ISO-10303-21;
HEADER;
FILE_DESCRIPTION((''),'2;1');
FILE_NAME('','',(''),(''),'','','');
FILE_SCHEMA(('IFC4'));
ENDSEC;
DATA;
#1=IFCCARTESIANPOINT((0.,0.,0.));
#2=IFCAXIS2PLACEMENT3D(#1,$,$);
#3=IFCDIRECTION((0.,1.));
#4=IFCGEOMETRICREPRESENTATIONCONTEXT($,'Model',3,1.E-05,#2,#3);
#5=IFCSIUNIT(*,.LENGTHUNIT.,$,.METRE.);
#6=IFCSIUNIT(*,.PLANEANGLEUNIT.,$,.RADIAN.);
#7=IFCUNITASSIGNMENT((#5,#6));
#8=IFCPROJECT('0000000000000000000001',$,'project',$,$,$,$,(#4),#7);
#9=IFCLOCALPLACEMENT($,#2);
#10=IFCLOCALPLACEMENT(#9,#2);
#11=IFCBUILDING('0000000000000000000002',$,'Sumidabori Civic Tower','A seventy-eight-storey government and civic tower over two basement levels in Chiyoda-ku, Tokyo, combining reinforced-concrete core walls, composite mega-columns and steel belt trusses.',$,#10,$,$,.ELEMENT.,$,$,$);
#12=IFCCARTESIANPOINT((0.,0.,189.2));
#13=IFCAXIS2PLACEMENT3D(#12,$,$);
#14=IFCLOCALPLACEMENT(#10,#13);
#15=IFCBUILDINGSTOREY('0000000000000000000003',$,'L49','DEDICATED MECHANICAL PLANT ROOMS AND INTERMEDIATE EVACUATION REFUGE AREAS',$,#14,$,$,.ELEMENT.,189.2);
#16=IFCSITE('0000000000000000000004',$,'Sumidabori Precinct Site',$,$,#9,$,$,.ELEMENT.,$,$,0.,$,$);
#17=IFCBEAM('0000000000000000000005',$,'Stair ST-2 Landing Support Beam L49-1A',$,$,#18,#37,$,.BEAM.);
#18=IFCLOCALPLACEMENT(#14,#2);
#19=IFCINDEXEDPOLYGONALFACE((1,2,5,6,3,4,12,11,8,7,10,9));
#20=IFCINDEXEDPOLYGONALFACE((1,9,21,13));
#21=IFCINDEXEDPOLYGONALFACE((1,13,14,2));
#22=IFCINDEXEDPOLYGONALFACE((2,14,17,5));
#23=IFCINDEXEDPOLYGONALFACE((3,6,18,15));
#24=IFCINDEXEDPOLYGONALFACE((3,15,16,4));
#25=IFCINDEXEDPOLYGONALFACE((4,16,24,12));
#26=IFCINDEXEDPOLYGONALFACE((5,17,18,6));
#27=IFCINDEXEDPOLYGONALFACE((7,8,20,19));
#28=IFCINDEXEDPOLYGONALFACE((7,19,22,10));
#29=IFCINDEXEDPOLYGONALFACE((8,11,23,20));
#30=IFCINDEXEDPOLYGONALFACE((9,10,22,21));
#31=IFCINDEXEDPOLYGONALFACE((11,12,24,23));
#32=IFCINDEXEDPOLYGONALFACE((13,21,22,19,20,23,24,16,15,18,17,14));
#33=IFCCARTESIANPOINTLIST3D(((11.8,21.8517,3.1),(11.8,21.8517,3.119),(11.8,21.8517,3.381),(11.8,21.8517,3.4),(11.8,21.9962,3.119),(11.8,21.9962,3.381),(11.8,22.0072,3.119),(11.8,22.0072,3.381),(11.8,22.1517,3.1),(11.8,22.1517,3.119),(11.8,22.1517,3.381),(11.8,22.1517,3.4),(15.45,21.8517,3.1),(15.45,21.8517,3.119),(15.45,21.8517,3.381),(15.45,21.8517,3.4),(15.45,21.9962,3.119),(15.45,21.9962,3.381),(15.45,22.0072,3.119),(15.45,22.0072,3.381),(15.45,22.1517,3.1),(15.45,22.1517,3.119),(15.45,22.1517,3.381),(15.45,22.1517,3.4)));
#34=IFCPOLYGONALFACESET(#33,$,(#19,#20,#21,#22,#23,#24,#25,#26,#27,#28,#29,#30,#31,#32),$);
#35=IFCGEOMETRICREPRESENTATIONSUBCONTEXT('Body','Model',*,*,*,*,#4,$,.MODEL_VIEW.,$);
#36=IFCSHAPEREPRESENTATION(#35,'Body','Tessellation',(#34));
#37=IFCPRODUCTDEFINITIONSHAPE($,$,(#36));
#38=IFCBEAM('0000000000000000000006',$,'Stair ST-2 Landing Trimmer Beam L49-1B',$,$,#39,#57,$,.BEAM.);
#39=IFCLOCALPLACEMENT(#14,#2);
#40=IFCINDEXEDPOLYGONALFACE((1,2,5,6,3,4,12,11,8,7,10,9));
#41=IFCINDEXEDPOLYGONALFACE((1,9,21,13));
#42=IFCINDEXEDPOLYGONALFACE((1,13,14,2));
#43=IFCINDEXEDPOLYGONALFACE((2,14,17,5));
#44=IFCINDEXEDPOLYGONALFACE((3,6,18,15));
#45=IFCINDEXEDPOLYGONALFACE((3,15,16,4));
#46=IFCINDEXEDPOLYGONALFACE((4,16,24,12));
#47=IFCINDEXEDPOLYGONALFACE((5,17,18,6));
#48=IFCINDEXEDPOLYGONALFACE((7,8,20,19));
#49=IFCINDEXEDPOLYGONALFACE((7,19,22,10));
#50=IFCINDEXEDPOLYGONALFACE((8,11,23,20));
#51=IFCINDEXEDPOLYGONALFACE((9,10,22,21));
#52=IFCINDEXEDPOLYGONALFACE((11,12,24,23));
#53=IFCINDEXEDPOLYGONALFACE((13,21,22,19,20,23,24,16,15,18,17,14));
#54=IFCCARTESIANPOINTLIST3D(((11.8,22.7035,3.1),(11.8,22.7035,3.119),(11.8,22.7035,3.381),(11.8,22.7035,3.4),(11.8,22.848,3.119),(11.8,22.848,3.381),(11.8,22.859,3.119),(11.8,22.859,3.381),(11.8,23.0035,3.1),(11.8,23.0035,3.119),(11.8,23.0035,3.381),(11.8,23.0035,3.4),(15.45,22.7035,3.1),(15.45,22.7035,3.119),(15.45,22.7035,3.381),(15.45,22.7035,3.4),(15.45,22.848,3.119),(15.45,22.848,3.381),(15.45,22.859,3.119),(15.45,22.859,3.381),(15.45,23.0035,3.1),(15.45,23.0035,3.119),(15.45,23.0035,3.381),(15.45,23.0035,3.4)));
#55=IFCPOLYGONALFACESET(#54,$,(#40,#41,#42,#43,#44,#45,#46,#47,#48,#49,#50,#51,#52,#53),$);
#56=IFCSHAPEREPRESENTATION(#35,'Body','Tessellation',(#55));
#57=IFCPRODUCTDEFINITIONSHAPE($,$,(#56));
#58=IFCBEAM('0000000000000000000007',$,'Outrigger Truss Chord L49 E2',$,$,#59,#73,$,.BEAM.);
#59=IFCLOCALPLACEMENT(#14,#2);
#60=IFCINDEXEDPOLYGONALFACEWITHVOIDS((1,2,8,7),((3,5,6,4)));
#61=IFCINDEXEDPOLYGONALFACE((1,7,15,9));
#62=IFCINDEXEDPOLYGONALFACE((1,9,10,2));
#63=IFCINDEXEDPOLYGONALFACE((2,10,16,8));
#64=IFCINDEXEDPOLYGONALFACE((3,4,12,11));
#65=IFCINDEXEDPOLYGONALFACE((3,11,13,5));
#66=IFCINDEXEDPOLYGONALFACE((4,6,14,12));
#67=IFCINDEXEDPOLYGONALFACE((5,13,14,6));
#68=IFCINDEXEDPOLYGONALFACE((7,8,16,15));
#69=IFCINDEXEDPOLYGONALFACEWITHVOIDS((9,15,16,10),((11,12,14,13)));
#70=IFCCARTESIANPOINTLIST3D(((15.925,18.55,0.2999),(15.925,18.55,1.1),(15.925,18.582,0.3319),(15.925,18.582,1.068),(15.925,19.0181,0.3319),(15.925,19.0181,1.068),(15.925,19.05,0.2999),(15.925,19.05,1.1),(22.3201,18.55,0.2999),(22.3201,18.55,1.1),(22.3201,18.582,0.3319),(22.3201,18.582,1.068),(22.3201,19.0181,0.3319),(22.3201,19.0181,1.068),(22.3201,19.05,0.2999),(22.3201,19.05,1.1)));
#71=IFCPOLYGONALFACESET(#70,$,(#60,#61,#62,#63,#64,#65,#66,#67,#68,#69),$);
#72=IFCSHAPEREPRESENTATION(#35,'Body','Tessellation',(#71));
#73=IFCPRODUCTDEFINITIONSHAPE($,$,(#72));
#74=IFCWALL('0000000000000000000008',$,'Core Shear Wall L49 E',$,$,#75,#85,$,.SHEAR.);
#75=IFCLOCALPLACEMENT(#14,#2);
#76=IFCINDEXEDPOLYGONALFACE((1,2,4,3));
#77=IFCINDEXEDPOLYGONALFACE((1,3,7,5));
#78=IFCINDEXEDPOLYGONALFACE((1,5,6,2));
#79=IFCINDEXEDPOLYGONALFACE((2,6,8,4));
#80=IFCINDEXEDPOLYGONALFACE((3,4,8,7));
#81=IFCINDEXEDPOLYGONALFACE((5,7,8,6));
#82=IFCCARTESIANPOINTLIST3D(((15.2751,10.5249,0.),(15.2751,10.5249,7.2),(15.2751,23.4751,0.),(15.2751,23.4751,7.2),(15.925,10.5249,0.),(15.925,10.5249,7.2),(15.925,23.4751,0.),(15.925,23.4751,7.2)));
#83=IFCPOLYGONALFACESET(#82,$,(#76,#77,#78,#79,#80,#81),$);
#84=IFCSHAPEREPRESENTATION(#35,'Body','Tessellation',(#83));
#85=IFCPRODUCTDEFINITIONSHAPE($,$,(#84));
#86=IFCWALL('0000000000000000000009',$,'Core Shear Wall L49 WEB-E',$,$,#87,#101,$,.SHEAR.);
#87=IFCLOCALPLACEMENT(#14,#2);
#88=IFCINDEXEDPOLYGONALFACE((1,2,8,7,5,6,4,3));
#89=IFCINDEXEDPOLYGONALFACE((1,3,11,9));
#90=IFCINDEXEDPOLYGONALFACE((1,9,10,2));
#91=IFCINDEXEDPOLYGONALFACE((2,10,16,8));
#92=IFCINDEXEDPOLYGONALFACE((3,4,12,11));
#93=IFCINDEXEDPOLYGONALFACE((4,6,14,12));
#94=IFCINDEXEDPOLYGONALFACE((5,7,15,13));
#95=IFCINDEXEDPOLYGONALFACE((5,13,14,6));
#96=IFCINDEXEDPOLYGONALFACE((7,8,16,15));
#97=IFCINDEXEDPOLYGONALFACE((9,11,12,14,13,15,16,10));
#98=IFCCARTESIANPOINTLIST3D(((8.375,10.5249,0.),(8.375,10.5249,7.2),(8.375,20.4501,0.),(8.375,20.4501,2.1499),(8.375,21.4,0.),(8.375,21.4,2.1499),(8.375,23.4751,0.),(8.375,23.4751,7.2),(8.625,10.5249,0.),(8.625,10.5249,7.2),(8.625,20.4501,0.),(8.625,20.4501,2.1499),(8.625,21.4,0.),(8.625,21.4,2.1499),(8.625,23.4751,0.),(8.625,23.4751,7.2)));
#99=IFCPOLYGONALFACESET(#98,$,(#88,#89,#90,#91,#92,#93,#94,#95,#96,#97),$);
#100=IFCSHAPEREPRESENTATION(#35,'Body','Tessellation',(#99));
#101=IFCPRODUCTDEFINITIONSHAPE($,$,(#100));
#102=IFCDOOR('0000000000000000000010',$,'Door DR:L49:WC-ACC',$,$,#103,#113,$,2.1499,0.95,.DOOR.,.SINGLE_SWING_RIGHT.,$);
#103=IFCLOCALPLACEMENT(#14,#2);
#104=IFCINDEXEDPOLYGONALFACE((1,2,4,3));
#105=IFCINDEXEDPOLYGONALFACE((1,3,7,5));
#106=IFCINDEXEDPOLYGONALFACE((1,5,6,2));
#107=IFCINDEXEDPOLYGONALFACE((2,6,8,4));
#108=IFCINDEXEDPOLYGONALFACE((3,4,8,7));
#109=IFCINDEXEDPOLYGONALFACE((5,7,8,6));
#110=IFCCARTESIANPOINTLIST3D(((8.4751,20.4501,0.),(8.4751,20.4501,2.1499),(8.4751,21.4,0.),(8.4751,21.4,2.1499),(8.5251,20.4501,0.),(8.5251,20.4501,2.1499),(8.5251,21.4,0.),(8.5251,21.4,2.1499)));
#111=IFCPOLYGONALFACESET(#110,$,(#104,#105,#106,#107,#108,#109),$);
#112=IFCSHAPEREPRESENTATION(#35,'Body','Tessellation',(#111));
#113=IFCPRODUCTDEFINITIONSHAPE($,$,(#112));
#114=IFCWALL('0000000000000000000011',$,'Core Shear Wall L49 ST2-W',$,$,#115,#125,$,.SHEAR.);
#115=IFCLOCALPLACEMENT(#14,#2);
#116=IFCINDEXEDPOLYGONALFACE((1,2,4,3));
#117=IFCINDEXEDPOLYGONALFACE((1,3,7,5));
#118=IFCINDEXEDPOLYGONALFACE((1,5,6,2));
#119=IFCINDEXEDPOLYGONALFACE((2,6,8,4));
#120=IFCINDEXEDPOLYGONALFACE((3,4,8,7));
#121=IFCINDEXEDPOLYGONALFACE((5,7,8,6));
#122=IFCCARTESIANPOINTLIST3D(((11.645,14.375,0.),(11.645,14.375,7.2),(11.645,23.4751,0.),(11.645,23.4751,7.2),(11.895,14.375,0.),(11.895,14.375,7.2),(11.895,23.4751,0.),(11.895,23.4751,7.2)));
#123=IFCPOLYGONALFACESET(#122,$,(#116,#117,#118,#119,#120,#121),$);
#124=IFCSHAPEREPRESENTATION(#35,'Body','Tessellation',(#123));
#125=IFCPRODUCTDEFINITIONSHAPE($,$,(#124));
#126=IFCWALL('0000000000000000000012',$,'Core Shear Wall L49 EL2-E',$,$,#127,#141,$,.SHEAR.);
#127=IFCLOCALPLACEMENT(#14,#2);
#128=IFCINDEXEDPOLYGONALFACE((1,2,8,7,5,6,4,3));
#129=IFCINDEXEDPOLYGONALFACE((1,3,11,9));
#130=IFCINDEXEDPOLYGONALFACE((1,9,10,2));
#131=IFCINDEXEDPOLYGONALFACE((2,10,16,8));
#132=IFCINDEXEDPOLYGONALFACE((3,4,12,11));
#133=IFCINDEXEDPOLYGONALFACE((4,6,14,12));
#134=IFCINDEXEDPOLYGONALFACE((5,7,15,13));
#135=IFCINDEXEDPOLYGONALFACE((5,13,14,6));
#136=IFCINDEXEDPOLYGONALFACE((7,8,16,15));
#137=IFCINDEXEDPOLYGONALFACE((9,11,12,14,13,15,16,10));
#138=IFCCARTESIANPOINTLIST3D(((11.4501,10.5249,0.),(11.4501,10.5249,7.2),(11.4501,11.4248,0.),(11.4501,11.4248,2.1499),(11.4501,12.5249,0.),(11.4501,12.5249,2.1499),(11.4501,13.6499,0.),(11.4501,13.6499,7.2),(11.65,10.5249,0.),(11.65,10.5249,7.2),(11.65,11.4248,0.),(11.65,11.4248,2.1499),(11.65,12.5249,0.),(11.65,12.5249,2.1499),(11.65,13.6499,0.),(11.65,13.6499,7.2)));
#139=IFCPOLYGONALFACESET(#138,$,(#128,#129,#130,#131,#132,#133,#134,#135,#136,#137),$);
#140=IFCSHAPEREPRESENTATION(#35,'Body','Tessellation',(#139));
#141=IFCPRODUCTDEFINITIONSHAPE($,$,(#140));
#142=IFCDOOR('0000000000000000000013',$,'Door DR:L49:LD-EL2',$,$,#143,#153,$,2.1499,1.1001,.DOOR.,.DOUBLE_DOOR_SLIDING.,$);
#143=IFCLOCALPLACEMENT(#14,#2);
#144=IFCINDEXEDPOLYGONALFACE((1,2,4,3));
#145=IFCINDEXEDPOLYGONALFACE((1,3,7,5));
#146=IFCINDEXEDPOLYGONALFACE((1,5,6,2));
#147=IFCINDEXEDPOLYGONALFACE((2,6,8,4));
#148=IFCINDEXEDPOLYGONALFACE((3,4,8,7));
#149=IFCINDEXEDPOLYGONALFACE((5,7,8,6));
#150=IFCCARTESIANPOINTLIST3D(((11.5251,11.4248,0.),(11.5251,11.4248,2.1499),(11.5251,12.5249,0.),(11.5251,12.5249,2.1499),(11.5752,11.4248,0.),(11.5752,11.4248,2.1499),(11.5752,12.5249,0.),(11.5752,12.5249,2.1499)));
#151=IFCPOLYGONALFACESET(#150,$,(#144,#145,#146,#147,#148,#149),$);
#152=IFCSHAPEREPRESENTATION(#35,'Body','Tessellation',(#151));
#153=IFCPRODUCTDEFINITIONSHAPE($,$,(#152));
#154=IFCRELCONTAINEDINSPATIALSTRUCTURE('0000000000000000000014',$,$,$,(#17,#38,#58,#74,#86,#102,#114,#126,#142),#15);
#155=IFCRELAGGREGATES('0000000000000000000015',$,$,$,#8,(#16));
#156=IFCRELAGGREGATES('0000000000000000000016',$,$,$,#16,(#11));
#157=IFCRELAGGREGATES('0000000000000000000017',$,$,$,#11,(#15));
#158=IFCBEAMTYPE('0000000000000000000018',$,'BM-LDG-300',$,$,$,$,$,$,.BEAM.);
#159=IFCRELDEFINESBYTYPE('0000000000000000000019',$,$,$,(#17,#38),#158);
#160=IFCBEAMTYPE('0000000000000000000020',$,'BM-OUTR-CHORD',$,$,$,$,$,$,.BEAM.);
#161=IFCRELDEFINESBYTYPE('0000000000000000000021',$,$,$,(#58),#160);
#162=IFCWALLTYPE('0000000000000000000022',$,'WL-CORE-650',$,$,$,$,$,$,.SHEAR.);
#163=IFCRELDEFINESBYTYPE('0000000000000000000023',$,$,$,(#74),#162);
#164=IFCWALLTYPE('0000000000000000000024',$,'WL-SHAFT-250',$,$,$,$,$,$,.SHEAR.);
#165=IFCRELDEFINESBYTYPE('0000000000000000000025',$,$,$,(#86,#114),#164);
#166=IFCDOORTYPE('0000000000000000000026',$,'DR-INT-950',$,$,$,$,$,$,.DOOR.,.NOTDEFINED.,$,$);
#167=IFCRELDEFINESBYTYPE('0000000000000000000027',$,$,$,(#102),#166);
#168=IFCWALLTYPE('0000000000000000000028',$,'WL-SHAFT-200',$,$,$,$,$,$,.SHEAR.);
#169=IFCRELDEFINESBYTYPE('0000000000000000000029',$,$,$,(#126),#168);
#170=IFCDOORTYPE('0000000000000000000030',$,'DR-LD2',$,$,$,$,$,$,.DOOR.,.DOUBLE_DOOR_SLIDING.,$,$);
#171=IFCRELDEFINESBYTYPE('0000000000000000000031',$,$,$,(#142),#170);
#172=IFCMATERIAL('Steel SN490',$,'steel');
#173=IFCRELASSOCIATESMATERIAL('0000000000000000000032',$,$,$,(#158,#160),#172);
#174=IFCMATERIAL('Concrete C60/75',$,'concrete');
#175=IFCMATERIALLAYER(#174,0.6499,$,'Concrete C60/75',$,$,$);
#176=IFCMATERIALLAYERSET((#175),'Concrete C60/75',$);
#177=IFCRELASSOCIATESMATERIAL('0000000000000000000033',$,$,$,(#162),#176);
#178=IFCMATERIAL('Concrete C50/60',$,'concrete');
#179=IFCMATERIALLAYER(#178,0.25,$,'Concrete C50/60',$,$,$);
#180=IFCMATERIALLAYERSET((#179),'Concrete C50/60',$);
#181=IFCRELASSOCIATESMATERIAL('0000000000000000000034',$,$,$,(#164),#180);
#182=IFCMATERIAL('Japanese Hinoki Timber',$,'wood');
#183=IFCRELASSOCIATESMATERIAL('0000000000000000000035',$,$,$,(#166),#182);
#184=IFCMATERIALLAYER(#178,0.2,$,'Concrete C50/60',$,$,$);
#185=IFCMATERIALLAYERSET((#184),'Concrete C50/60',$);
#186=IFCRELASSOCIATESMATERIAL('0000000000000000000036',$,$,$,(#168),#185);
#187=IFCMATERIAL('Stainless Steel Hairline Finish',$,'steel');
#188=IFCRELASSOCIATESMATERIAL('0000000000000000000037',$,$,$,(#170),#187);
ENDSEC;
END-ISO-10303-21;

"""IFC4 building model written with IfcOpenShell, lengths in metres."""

from ifc_helpers import new_model, si_unit, direction, frame, frame_2d, origin, origin_2d, place, context, subcontext, project, spatial, rectangle, hollow_rectangle, i_section, extrude, source, transform, mapped, material, layer, layer_set, material_profile, profile_set, type_object, element, fill, save


model = new_model("IFC4")

# Units and contexts
model_context = context("Model", 3, precision=1e-05, world=origin(), true_north=direction((0.0, 1.0)))
body_context = subcontext(model_context, "Body", "Model", "MODEL_VIEW")
ifc_project = project(units=[si_unit("LENGTHUNIT", "METRE"), si_unit("PLANEANGLEUNIT", "RADIAN")], contexts=[model_context])

# Site, building, storey
site_placement = place(None, origin())
site = spatial("IfcSite", under=ifc_project, at=site_placement, Name="Sumidabori Precinct Site", CompositionType="ELEMENT", RefElevation=0.0)
building_placement = place(site_placement, origin())
building = spatial("IfcBuilding", under=site, at=building_placement, Name="Sumidabori Civic Tower", Description="A seventy-eight-storey government and civic tower over two basement levels in Chiyoda-ku, Tokyo, combining reinforced-concrete core walls, composite mega-columns and steel belt trusses.", CompositionType="ELEMENT")
storey_placement = place(building_placement, frame((0.0, 0.0, 189.2)))
storey = spatial("IfcBuildingStorey", under=building, at=storey_placement, Name="L49", Description="DEDICATED MECHANICAL PLANT ROOMS AND INTERMEDIATE EVACUATION REFUGE AREAS", CompositionType="ELEMENT", Elevation=189.2)

# Beams
ifc_material_1 = material(Name="Steel SN490", Category="steel")
ifc_material_profile_1 = material_profile(ifc_material_1, i_section(OverallWidth=0.3, OverallDepth=0.3, WebThickness=0.011, FlangeThickness=0.019, at=origin_2d()), Name="HE 300 B")
ifc_profile_set_1 = profile_set([ifc_material_profile_1], Name="Steel SN490")
beam_type_1 = type_object("IfcBeamType", Name="BM-LDG-300", PredefinedType="BEAM", material=ifc_profile_set_1)
shared_shape_1 = source(origin(), body_context, "Body", "SweptSolid", [
    extrude(i_section(OverallWidth=0.3, OverallDepth=0.3, WebThickness=0.011, FlangeThickness=0.019, at=origin_2d()), origin(), (0.0, 0.0, 1.0), 3.6499),
])
for number, where, z_axis, x_axis, name in (
    (1, (11.8, 22.0017, 3.25), (1.0, 0.0, 0.0), (0.0, 1.0, 0.0), "Stair ST-2 Landing Support Beam L49-1A"),
    (2, (11.8, 22.8535, 3.25), (1.0, 0.0, 0.0), (0.0, 1.0, 0.0), "Stair ST-2 Landing Trimmer Beam L49-1B"),
):
    element("IfcBeam", number, at=place(storey_placement, frame(where, z_axis=z_axis, x_axis=x_axis)), inside=storey, type_object=beam_type_1, Name=name, PredefinedType="BEAM", context=body_context, shape_type="MappedRepresentation", body=[
        mapped(shared_shape_1, transform((0.0, 0.0, 0.0), x_axis=(1.0, 0.0, 0.0), y_axis=(0.0, 1.0, 0.0), z_axis=(0.0, 0.0, 1.0), scale=1.0)),
    ])
ifc_material_profile_2 = material_profile(ifc_material_1, hollow_rectangle(XDim=0.5, YDim=0.8, WallThickness=0.032, at=origin_2d()), Name="RHS 800x500x32")
ifc_profile_set_2 = profile_set([ifc_material_profile_2], Name="Steel SN490")
beam_type_2 = type_object("IfcBeamType", Name="BM-OUTR-CHORD", PredefinedType="BEAM", material=ifc_profile_set_2)
shared_shape_2 = source(origin(), body_context, "Body", "SweptSolid", [
    extrude(hollow_rectangle(XDim=0.5, YDim=0.8, WallThickness=0.032, at=origin_2d()), origin(), (0.0, 0.0, 1.0), 6.395),
])
beam_placement = place(storey_placement, frame((15.925, 18.8, 0.7), z_axis=(1.0, 0.0, 0.0), x_axis=(0.0, 1.0, 0.0)))
element("IfcBeam", 3, at=beam_placement, inside=storey, type_object=beam_type_2, Name="Outrigger Truss Chord L49 E2", PredefinedType="BEAM", context=body_context, shape_type="MappedRepresentation", body=[
    mapped(shared_shape_2, transform((0.0, 0.0, 0.0), x_axis=(1.0, 0.0, 0.0), y_axis=(0.0, 1.0, 0.0), z_axis=(0.0, 0.0, 1.0), scale=1.0)),
])

# Wall
ifc_material_2 = material(Name="Concrete C60/75", Category="concrete")
ifc_layer_1 = layer(ifc_material_2, 0.6499, Name="Concrete C60/75")
ifc_layer_set_1 = layer_set([ifc_layer_1], Name="Concrete C60/75")
wall_type_1 = type_object("IfcWallType", Name="WL-CORE-650", PredefinedType="SHEAR", material=ifc_layer_set_1)
shared_shape_3 = source(origin(), body_context, "Body", "SweptSolid", [
    extrude(rectangle(XDim=12.9502, YDim=0.6499, at=frame_2d((6.4751, 0.0))), origin(), (0.0, 0.0, 1.0), 7.2),
])
wall_1_placement = place(storey_placement, frame((15.6001, 10.5249, 0.0), z_axis=(0.0, 0.0, 1.0), x_axis=(0.0, 1.0, 0.0)))
element("IfcWall", 4, at=wall_1_placement, inside=storey, type_object=wall_type_1, Name="Core Shear Wall L49 E", PredefinedType="SHEAR", context=body_context, shape_type="MappedRepresentation", body=[
    mapped(shared_shape_3, transform((0.0, 0.0, 0.0), x_axis=(1.0, 0.0, 0.0), y_axis=(0.0, 1.0, 0.0), z_axis=(0.0, 0.0, 1.0), scale=1.0)),
])

# Wall, opening, door
ifc_material_3 = material(Name="Concrete C50/60", Category="concrete")
ifc_layer_2 = layer(ifc_material_3, 0.25, Name="Concrete C50/60")
ifc_layer_set_2 = layer_set([ifc_layer_2], Name="Concrete C50/60")
wall_type_2 = type_object("IfcWallType", Name="WL-SHAFT-250", PredefinedType="SHEAR", material=ifc_layer_set_2)
shared_shape_4 = source(origin(), body_context, "Body", "SweptSolid", [
    extrude(rectangle(XDim=12.9502, YDim=0.25, at=frame_2d((6.4751, 0.0))), origin(), (0.0, 0.0, 1.0), 7.2),
])
wall_2_placement = place(storey_placement, frame((8.5, 10.5249, 0.0), z_axis=(0.0, 0.0, 1.0), x_axis=(0.0, 1.0, 0.0)))
wall_2 = element("IfcWall", 5, at=wall_2_placement, inside=storey, type_object=wall_type_2, Name="Core Shear Wall L49 WEB-E", PredefinedType="SHEAR", context=body_context, shape_type="MappedRepresentation", body=[
    mapped(shared_shape_4, transform((0.0, 0.0, 0.0), x_axis=(1.0, 0.0, 0.0), y_axis=(0.0, 1.0, 0.0), z_axis=(0.0, 0.0, 1.0), scale=1.0)),
])
opening_1_placement = place(wall_2_placement, frame((9.925, 0.0, 0.0)))
opening_1 = element("IfcOpeningElement", 6, at=opening_1_placement, cuts=wall_2, PredefinedType="OPENING", context=body_context, shape_type="SweptSolid", body=[
    extrude(rectangle(XDim=0.95, YDim=2.1499, at=frame_2d((0.4751, 1.075))), frame((0.0, 0.137, 0.0), z_axis=(0.0, -1.0, 0.0), x_axis=(1.0, 0.0, 0.0)), (0.0, 0.0, 1.0), 0.2739),
])
ifc_material_4 = material(Name="Japanese Hinoki Timber", Category="wood")
door_type_1 = type_object("IfcDoorType", Name="DR-INT-950", OperationType="NOTDEFINED", PredefinedType="DOOR", material=ifc_material_4)
shared_shape_5 = source(origin(), body_context, "Body", "SweptSolid", [
    extrude(rectangle(XDim=0.95, YDim=2.1499, at=frame_2d((0.4751, 1.075))), frame((0.0, 0.0249, 0.0), z_axis=(0.0, -1.0, 0.0), x_axis=(1.0, 0.0, 0.0)), (0.0, 0.0, 1.0), 0.05),
])
door_1_placement = place(opening_1_placement, origin())
door_1 = element("IfcDoor", 7, at=door_1_placement, inside=storey, type_object=door_type_1, Name="Door DR:L49:WC-ACC", OperationType="SINGLE_SWING_RIGHT", OverallHeight=2.1499, OverallWidth=0.95, PredefinedType="DOOR", context=body_context, shape_type="MappedRepresentation", body=[
    mapped(shared_shape_5, transform((0.0, 0.0, 0.0), x_axis=(1.0, 0.0, 0.0), y_axis=(0.0, 1.0, 0.0), z_axis=(0.0, 0.0, 1.0), scale=1.0)),
])
fill(opening_1, door_1)

# Wall
shared_shape_6 = source(origin(), body_context, "Body", "SweptSolid", [
    extrude(rectangle(XDim=9.1001, YDim=0.25, at=frame_2d((4.55, 0.0))), origin(), (0.0, 0.0, 1.0), 7.2),
])
wall_3_placement = place(storey_placement, frame((11.77, 14.375, 0.0), z_axis=(0.0, 0.0, 1.0), x_axis=(0.0, 1.0, 0.0)))
element("IfcWall", 8, at=wall_3_placement, inside=storey, type_object=wall_type_2, Name="Core Shear Wall L49 ST2-W", PredefinedType="SHEAR", context=body_context, shape_type="MappedRepresentation", body=[
    mapped(shared_shape_6, transform((0.0, 0.0, 0.0), x_axis=(1.0, 0.0, 0.0), y_axis=(0.0, 1.0, 0.0), z_axis=(0.0, 0.0, 1.0), scale=1.0)),
])

# Wall, opening, door
ifc_layer_3 = layer(ifc_material_3, 0.2, Name="Concrete C50/60")
ifc_layer_set_3 = layer_set([ifc_layer_3], Name="Concrete C50/60")
wall_type_3 = type_object("IfcWallType", Name="WL-SHAFT-200", PredefinedType="SHEAR", material=ifc_layer_set_3)
shared_shape_7 = source(origin(), body_context, "Body", "SweptSolid", [
    extrude(rectangle(XDim=3.125, YDim=0.2, at=frame_2d((1.5625, 0.0))), origin(), (0.0, 0.0, 1.0), 7.2),
])
wall_4_placement = place(storey_placement, frame((11.55, 10.5249, 0.0), z_axis=(0.0, 0.0, 1.0), x_axis=(0.0, 1.0, 0.0)))
wall_4 = element("IfcWall", 9, at=wall_4_placement, inside=storey, type_object=wall_type_3, Name="Core Shear Wall L49 EL2-E", PredefinedType="SHEAR", context=body_context, shape_type="MappedRepresentation", body=[
    mapped(shared_shape_7, transform((0.0, 0.0, 0.0), x_axis=(1.0, 0.0, 0.0), y_axis=(0.0, 1.0, 0.0), z_axis=(0.0, 0.0, 1.0), scale=1.0)),
])
opening_2_placement = place(wall_4_placement, frame((0.8999, 0.0, 0.0)))
opening_2 = element("IfcOpeningElement", 10, at=opening_2_placement, cuts=wall_4, PredefinedType="OPENING", context=body_context, shape_type="SweptSolid", body=[
    extrude(rectangle(XDim=1.1001, YDim=2.1499, at=frame_2d((0.55, 1.075))), frame((0.0, 0.1118, 0.0), z_axis=(0.0, -1.0, 0.0), x_axis=(1.0, 0.0, 0.0)), (0.0, 0.0, 1.0), 0.2239),
])
ifc_material_5 = material(Name="Stainless Steel Hairline Finish", Category="steel")
door_type_2 = type_object("IfcDoorType", Name="DR-LD2", OperationType="DOUBLE_DOOR_SLIDING", PredefinedType="DOOR", material=ifc_material_5)
shared_shape_8 = source(origin(), body_context, "Body", "SweptSolid", [
    extrude(rectangle(XDim=1.1001, YDim=2.1499, at=frame_2d((0.55, 1.075))), frame((0.0, 0.0249, 0.0), z_axis=(0.0, -1.0, 0.0), x_axis=(1.0, 0.0, 0.0)), (0.0, 0.0, 1.0), 0.05),
])
door_2_placement = place(opening_2_placement, origin())
door_2 = element("IfcDoor", 11, at=door_2_placement, inside=storey, type_object=door_type_2, Name="Door DR:L49:LD-EL2", OperationType="DOUBLE_DOOR_SLIDING", OverallHeight=2.1499, OverallWidth=1.1001, PredefinedType="DOOR", context=body_context, shape_type="MappedRepresentation", body=[
    mapped(shared_shape_8, transform((0.0, 0.0, 0.0), x_axis=(1.0, 0.0, 0.0), y_axis=(0.0, 1.0, 0.0), z_axis=(0.0, 0.0, 1.0), scale=1.0)),
])
fill(opening_2, door_2)

save(model, "model.ifc")
